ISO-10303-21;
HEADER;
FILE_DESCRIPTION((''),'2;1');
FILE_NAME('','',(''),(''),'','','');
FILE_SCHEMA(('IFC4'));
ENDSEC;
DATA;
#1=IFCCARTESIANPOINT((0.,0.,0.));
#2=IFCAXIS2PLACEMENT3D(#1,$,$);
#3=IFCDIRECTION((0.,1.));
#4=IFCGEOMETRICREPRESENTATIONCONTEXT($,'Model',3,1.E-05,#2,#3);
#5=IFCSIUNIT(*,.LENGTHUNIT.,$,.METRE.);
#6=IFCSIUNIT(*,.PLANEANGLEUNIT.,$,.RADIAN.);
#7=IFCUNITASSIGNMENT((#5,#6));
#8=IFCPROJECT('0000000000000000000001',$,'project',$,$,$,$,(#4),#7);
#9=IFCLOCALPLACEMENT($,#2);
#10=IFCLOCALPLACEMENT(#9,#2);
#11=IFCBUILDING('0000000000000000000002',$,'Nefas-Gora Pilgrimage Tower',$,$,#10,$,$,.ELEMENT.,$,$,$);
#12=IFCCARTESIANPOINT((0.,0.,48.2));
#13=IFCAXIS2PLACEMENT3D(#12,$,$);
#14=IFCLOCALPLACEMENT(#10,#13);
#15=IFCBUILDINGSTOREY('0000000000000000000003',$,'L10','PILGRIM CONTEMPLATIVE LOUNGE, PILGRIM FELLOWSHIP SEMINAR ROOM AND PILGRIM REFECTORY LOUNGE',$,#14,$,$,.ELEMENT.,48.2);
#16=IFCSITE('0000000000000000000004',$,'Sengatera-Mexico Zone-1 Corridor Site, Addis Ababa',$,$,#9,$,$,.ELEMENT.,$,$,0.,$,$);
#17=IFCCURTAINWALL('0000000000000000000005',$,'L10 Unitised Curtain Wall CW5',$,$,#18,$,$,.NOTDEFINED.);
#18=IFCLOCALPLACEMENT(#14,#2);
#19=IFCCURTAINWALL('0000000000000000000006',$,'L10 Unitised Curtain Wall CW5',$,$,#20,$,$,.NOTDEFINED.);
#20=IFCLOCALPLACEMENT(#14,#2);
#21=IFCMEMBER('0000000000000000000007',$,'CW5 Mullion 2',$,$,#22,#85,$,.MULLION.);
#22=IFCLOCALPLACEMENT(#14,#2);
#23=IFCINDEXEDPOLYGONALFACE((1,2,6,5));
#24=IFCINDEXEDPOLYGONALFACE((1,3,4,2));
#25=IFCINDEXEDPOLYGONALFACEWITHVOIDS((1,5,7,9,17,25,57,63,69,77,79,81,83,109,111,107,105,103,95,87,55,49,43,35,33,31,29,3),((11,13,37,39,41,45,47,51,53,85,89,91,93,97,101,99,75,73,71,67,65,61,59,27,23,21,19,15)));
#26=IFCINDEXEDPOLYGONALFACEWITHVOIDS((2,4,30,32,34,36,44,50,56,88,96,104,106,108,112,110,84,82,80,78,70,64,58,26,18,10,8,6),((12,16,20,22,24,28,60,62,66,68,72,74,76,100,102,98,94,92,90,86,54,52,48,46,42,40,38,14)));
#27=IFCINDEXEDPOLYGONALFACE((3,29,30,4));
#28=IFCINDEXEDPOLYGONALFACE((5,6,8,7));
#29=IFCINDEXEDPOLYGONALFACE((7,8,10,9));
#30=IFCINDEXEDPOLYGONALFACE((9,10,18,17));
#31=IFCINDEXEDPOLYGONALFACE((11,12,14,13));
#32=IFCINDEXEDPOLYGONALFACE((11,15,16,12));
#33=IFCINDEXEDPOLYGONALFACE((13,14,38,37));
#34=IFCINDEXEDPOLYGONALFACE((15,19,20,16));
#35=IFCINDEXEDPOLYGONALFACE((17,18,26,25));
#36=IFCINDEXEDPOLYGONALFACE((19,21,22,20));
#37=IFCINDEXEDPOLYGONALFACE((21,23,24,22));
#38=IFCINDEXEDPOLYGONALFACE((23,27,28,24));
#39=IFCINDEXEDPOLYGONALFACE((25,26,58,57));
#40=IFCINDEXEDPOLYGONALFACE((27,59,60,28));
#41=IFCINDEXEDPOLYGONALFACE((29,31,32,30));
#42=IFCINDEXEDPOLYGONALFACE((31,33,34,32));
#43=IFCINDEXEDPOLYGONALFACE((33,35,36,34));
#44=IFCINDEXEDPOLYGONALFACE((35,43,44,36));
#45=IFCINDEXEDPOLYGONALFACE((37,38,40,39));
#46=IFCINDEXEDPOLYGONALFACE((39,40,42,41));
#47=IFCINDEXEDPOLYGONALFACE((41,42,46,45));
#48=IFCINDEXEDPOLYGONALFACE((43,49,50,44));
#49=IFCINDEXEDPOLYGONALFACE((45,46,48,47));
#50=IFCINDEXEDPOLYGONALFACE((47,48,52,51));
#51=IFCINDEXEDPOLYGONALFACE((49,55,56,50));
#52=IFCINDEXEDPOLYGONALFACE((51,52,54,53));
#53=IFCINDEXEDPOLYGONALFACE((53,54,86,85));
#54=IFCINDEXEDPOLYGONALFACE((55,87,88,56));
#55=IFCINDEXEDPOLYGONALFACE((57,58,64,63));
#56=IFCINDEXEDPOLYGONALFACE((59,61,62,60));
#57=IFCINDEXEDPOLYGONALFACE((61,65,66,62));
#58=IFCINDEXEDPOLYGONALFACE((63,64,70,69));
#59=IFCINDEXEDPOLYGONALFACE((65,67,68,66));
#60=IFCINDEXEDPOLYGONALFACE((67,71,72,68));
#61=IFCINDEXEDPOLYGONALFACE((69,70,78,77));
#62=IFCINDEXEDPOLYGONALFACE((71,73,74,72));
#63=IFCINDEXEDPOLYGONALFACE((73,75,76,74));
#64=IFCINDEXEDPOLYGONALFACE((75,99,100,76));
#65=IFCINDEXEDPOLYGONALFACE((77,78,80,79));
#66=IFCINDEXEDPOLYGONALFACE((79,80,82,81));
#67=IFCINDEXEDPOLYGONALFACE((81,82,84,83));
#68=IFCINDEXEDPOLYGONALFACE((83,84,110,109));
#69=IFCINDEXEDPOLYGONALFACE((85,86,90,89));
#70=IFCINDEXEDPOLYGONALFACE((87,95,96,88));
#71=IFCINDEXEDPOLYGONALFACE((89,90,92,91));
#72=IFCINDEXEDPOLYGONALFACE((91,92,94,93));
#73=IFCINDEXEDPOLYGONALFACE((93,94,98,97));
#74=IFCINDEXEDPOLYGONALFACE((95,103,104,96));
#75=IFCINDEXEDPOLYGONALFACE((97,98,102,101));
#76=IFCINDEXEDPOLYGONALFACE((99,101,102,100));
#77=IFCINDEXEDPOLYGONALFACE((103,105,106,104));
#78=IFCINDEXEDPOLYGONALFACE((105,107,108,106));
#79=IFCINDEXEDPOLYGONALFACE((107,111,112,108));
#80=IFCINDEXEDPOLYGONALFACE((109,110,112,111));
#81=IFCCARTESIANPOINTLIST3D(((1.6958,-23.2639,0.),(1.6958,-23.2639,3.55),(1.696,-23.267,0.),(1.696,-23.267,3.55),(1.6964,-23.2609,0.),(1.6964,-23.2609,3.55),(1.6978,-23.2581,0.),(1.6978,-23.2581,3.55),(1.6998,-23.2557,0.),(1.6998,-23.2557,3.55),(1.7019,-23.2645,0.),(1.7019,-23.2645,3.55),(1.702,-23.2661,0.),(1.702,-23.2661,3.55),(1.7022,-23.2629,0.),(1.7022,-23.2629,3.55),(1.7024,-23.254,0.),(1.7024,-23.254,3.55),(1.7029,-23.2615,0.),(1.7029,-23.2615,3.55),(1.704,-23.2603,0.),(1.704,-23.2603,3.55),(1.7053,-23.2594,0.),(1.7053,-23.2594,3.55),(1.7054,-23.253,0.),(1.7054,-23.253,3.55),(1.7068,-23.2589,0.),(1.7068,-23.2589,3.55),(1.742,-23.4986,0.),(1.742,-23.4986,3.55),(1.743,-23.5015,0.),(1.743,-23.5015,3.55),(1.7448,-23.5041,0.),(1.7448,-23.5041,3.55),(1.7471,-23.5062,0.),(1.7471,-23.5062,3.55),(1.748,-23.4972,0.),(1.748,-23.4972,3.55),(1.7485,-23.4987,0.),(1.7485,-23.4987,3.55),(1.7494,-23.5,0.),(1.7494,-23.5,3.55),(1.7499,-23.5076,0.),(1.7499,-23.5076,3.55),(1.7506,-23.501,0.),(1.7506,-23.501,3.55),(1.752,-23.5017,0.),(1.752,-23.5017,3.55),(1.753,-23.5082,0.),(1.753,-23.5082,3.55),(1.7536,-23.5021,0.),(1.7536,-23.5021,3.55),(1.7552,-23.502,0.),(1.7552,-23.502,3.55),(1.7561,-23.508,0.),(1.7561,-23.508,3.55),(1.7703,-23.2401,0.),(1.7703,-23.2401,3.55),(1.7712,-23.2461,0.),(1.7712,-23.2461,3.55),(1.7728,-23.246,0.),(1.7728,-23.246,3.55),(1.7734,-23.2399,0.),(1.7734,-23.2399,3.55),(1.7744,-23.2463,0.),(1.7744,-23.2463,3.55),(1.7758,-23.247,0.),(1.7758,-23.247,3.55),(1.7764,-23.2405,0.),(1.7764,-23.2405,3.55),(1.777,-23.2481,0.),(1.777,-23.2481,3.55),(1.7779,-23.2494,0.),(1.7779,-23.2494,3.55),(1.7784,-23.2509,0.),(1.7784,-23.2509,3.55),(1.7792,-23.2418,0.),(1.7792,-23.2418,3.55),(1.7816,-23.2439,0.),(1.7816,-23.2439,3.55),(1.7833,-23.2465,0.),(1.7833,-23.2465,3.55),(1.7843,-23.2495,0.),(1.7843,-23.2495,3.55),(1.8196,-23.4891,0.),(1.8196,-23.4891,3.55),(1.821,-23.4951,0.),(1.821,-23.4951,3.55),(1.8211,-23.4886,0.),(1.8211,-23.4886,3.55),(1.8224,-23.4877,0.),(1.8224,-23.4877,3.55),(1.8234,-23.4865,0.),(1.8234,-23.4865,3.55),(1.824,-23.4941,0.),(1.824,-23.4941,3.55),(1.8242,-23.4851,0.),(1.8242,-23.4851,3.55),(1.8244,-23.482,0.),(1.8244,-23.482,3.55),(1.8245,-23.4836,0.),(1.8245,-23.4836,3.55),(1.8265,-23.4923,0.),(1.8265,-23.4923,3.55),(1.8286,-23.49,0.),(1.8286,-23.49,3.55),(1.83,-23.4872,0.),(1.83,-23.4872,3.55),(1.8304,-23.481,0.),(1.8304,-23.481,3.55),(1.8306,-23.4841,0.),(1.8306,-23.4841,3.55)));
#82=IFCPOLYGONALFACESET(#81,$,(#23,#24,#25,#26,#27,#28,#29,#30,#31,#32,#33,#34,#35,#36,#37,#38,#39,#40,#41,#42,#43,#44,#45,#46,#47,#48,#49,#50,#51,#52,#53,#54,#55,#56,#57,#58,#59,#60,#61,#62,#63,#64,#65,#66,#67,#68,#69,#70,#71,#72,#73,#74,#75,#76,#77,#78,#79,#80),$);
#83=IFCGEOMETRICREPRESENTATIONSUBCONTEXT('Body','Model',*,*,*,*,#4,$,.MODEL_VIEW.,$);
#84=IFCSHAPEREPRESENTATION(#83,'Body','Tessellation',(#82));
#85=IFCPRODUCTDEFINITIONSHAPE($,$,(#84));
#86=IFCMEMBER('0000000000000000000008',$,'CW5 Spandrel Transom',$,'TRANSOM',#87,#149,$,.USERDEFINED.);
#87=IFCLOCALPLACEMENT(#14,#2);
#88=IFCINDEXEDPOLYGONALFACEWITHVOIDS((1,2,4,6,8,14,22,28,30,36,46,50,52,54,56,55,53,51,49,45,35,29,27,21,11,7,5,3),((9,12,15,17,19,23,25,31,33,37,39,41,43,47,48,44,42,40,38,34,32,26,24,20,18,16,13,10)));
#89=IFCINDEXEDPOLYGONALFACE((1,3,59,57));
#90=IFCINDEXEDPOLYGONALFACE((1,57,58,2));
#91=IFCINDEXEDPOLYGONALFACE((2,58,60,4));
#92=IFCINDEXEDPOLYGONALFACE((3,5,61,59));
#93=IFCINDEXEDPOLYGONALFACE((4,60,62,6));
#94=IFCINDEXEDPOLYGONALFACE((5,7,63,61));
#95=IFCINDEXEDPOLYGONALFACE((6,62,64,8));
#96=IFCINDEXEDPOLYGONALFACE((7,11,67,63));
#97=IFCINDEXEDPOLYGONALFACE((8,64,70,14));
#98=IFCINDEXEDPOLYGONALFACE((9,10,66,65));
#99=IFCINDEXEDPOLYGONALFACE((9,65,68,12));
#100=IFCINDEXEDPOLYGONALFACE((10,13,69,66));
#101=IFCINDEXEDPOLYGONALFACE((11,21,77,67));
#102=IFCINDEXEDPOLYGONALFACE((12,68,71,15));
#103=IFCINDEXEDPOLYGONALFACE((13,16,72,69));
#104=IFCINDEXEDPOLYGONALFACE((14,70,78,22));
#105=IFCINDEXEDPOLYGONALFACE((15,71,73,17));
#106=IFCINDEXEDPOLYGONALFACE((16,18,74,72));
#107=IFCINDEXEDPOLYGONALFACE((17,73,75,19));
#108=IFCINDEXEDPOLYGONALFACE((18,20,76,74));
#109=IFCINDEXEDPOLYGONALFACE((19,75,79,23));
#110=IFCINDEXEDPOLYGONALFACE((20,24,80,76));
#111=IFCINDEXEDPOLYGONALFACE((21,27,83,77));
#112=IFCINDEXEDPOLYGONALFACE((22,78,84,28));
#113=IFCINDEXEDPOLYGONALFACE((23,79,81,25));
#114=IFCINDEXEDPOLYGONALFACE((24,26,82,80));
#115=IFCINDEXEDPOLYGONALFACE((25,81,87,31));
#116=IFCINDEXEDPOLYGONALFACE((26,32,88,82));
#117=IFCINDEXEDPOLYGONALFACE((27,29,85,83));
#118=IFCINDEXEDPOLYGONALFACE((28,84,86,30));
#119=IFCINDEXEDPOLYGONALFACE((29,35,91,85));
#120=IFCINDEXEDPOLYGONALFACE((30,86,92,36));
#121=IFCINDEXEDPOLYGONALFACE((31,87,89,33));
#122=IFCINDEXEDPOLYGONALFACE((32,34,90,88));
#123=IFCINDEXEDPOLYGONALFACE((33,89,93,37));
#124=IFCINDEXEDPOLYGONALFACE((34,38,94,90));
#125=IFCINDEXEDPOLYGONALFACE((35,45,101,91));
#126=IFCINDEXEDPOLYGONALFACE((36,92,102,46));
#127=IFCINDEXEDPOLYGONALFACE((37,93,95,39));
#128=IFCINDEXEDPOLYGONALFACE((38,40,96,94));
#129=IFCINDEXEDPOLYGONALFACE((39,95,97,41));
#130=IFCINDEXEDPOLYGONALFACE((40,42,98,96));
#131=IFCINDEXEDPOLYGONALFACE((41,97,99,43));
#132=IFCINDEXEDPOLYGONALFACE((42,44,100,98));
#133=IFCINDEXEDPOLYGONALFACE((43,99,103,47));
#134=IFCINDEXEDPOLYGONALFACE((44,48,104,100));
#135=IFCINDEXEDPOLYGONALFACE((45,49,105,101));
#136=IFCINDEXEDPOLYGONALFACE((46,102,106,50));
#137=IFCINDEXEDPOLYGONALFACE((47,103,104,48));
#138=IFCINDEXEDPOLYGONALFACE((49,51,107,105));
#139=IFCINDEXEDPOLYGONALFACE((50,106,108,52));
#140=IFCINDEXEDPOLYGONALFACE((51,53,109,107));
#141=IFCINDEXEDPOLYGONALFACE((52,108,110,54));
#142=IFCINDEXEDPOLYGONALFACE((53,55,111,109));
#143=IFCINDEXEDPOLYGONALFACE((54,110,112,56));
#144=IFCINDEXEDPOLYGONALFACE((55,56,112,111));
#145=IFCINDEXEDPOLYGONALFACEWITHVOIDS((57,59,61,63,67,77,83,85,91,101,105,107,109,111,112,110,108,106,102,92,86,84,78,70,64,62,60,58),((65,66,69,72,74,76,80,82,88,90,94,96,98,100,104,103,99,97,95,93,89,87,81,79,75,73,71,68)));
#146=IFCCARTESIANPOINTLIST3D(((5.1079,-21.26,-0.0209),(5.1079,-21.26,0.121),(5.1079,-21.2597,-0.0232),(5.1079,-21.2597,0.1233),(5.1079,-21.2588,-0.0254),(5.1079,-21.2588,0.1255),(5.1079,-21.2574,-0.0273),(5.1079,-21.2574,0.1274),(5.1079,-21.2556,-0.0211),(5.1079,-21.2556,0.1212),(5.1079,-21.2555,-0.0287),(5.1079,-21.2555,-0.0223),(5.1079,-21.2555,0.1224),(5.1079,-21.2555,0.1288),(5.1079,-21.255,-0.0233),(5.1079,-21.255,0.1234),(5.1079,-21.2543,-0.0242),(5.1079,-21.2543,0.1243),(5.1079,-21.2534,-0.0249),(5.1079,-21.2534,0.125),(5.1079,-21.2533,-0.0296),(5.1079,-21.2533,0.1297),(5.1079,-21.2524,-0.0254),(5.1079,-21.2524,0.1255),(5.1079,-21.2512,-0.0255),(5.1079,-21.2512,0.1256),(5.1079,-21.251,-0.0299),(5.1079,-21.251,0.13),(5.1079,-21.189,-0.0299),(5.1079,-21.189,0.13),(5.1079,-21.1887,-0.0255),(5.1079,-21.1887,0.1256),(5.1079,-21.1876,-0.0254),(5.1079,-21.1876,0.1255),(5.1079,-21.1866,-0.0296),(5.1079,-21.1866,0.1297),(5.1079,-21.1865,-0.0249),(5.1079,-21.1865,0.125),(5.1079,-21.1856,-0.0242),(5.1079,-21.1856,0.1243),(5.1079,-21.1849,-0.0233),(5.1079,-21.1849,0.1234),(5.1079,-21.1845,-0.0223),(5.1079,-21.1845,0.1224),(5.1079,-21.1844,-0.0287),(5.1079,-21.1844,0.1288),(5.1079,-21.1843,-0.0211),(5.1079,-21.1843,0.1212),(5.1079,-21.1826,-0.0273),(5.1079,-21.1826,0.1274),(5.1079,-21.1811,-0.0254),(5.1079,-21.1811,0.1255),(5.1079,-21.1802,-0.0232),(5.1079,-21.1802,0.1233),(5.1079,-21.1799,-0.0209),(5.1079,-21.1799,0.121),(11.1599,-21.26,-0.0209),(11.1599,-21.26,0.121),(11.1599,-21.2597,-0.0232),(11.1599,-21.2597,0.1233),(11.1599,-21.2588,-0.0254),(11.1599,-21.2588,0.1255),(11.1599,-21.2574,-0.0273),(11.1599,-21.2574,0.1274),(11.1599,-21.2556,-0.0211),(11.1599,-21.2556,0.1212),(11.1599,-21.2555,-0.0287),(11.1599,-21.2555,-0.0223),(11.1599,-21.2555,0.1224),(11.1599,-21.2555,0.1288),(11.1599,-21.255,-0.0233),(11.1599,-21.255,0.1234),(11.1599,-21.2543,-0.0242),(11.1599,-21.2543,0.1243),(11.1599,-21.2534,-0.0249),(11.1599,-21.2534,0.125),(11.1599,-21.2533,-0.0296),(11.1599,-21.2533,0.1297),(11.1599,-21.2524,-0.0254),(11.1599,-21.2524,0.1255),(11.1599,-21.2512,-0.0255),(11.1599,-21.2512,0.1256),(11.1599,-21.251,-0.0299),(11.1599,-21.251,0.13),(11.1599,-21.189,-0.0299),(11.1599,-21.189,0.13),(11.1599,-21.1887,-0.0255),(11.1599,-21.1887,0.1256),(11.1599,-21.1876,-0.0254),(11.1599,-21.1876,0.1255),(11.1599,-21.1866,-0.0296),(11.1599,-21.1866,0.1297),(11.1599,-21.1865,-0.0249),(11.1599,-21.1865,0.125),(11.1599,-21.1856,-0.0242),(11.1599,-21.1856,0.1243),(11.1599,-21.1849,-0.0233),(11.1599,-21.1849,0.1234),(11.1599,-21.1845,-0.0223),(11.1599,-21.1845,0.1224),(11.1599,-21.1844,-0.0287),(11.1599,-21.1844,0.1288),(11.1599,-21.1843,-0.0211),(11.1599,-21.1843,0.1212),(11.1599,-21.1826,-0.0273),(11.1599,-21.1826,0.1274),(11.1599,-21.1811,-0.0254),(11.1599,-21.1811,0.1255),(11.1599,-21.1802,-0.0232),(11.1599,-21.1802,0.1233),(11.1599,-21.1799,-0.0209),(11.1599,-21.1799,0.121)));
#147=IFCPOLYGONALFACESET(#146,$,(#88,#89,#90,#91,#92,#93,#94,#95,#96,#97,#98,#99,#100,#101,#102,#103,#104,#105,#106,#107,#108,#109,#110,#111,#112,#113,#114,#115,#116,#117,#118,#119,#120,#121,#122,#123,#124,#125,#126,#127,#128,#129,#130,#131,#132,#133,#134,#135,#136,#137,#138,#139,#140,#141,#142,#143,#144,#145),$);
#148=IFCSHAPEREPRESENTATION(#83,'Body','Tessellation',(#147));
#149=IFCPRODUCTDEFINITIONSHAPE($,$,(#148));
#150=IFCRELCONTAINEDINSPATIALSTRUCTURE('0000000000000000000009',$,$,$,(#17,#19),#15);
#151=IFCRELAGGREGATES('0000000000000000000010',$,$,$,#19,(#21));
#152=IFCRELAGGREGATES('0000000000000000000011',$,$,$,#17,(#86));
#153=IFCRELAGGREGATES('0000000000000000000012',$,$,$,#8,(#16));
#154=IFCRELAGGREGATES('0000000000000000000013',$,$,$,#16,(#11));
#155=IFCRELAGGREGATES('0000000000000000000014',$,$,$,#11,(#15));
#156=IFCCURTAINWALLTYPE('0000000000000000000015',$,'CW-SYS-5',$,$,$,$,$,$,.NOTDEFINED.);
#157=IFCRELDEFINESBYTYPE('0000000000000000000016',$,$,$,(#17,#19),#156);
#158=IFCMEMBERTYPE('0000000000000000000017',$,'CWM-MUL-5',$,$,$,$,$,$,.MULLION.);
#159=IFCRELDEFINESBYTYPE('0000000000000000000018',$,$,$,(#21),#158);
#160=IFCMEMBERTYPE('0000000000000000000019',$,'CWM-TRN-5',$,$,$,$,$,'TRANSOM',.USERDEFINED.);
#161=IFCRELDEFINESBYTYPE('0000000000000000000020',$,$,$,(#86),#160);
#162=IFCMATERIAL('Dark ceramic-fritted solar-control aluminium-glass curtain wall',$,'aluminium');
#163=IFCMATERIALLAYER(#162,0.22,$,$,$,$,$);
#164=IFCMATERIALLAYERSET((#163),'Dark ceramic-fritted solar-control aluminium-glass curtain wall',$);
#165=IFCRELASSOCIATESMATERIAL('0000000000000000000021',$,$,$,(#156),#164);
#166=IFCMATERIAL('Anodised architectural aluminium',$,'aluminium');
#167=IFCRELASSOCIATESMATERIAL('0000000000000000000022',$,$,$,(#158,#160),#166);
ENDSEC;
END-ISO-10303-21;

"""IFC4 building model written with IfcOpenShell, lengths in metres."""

from ifc_helpers import new_model, si_unit, direction, frame, origin, origin_2d, place, context, subcontext, project, spatial, hollow_rectangle, extrude, source, transform, mapped, material, layer, layer_set, material_profile, profile_set, type_object, element, aggregate, save


model = new_model("IFC4")

# Units and contexts
model_context = context("Model", 3, precision=1e-05, world=origin(), true_north=direction((0.0, 1.0)))
body_context = subcontext(model_context, "Body", "Model", "MODEL_VIEW")
ifc_project = project(units=[si_unit("LENGTHUNIT", "METRE"), si_unit("PLANEANGLEUNIT", "RADIAN")], contexts=[model_context])

# Site, building, storey
site_placement = place(None, origin())
site = spatial("IfcSite", under=ifc_project, at=site_placement, Name="Sengatera-Mexico Zone-1 Corridor Site, Addis Ababa", CompositionType="ELEMENT", RefElevation=0.0)
building_placement = place(site_placement, origin())
building = spatial("IfcBuilding", under=site, at=building_placement, Name="Nefas-Gora Pilgrimage Tower", CompositionType="ELEMENT")
storey_placement = place(building_placement, frame((0.0, 0.0, 48.2)))
storey = spatial("IfcBuildingStorey", under=building, at=storey_placement, Name="L10", Description="PILGRIM CONTEMPLATIVE LOUNGE, PILGRIM FELLOWSHIP SEMINAR ROOM AND PILGRIM REFECTORY LOUNGE", CompositionType="ELEMENT", Elevation=48.2)

# Curtain wall
ifc_material_1 = material(Name="Dark ceramic-fritted solar-control aluminium-glass curtain wall", Category="aluminium")
ifc_layer_1 = layer(ifc_material_1, 0.22)
ifc_layer_set_1 = layer_set([ifc_layer_1], Name="Dark ceramic-fritted solar-control aluminium-glass curtain wall")
curtain_wall_type_1 = type_object("IfcCurtainWallType", Name="CW-SYS-5", PredefinedType="NOTDEFINED", material=ifc_layer_set_1)
curtain_wall_1_placement = place(storey_placement, origin())
curtain_wall_1 = element("IfcCurtainWall", 1, at=curtain_wall_1_placement, inside=storey, type_object=curtain_wall_type_1, Name="L10 Unitised Curtain Wall CW5", PredefinedType="NOTDEFINED")
ifc_material_2 = material(Name="Anodised architectural aluminium", Category="aluminium")
ifc_material_profile_1 = material_profile(ifc_material_2, hollow_rectangle(XDim=0.0901, YDim=0.26, WallThickness=0.0061, InnerFilletRadius=0.0061, OuterFilletRadius=0.012, at=origin_2d()), Name="ALU MULLION 90x260")
ifc_profile_set_1 = profile_set([ifc_material_profile_1], Name="Anodised architectural aluminium")
member_type_1 = type_object("IfcMemberType", Name="CWM-MUL-5", PredefinedType="MULLION", material=ifc_profile_set_1)
shared_shape_1 = source(origin(), body_context, "Body", "SweptSolid", [
    extrude(hollow_rectangle(XDim=0.0901, YDim=0.26, WallThickness=0.0061, InnerFilletRadius=0.0061, OuterFilletRadius=0.012, at=origin_2d()), origin(), (0.0, 0.0, 1.0), 3.55),
])

# Curtain wall, member
curtain_wall_2_placement = place(storey_placement, origin())
curtain_wall_2 = element("IfcCurtainWall", 2, at=curtain_wall_2_placement, inside=storey, type_object=curtain_wall_type_1, Name="L10 Unitised Curtain Wall CW5", PredefinedType="NOTDEFINED")
member_1_placement = place(storey_placement, frame((1.7632, -23.374, 0.0), z_axis=(0.0, 0.0, 1.0), x_axis=(0.980783, 0.195102, 0.0)))
member_1 = element("IfcMember", 3, at=member_1_placement, type_object=member_type_1, Name="CW5 Mullion 2", PredefinedType="MULLION", context=body_context, shape_type="MappedRepresentation", body=[
    mapped(shared_shape_1, transform((0.0, 0.0, 0.0), x_axis=(1.0, 0.0, 0.0), y_axis=(0.0, 1.0, 0.0), z_axis=(0.0, 0.0, 1.0), scale=1.0)),
])
aggregate(curtain_wall_2, [member_1])

# Member
ifc_material_profile_2 = material_profile(ifc_material_2, hollow_rectangle(XDim=0.0801, YDim=0.1599, WallThickness=0.0044, InnerFilletRadius=0.0044, OuterFilletRadius=0.009, at=origin_2d()), Name="ALU TRANSOM 80x160")
ifc_profile_set_2 = profile_set([ifc_material_profile_2], Name="Anodised architectural aluminium")
member_type_2 = type_object("IfcMemberType", Name="CWM-TRN-5", ElementType="TRANSOM", PredefinedType="USERDEFINED", material=ifc_profile_set_2)
shared_shape_2 = source(origin(), body_context, "Body", "SweptSolid", [
    extrude(hollow_rectangle(XDim=0.0801, YDim=0.1599, WallThickness=0.0044, InnerFilletRadius=0.0044, OuterFilletRadius=0.009, at=origin_2d()), origin(), (0.0, 0.0, 1.0), 6.052),
])
member_2_placement = place(storey_placement, frame((5.1079, -21.22, 0.05), z_axis=(1.0, 0.0, 0.0), x_axis=(0.0, 1.0, 0.0)))
member_2 = element("IfcMember", 4, at=member_2_placement, type_object=member_type_2, Name="CW5 Spandrel Transom", ObjectType="TRANSOM", PredefinedType="USERDEFINED", context=body_context, shape_type="MappedRepresentation", body=[
    mapped(shared_shape_2, transform((0.0, 0.0, 0.0), x_axis=(1.0, 0.0, 0.0), y_axis=(0.0, 1.0, 0.0), z_axis=(0.0, 0.0, 1.0), scale=1.0)),
])

aggregate(curtain_wall_1, [member_2])

save(model, "model.ifc")
